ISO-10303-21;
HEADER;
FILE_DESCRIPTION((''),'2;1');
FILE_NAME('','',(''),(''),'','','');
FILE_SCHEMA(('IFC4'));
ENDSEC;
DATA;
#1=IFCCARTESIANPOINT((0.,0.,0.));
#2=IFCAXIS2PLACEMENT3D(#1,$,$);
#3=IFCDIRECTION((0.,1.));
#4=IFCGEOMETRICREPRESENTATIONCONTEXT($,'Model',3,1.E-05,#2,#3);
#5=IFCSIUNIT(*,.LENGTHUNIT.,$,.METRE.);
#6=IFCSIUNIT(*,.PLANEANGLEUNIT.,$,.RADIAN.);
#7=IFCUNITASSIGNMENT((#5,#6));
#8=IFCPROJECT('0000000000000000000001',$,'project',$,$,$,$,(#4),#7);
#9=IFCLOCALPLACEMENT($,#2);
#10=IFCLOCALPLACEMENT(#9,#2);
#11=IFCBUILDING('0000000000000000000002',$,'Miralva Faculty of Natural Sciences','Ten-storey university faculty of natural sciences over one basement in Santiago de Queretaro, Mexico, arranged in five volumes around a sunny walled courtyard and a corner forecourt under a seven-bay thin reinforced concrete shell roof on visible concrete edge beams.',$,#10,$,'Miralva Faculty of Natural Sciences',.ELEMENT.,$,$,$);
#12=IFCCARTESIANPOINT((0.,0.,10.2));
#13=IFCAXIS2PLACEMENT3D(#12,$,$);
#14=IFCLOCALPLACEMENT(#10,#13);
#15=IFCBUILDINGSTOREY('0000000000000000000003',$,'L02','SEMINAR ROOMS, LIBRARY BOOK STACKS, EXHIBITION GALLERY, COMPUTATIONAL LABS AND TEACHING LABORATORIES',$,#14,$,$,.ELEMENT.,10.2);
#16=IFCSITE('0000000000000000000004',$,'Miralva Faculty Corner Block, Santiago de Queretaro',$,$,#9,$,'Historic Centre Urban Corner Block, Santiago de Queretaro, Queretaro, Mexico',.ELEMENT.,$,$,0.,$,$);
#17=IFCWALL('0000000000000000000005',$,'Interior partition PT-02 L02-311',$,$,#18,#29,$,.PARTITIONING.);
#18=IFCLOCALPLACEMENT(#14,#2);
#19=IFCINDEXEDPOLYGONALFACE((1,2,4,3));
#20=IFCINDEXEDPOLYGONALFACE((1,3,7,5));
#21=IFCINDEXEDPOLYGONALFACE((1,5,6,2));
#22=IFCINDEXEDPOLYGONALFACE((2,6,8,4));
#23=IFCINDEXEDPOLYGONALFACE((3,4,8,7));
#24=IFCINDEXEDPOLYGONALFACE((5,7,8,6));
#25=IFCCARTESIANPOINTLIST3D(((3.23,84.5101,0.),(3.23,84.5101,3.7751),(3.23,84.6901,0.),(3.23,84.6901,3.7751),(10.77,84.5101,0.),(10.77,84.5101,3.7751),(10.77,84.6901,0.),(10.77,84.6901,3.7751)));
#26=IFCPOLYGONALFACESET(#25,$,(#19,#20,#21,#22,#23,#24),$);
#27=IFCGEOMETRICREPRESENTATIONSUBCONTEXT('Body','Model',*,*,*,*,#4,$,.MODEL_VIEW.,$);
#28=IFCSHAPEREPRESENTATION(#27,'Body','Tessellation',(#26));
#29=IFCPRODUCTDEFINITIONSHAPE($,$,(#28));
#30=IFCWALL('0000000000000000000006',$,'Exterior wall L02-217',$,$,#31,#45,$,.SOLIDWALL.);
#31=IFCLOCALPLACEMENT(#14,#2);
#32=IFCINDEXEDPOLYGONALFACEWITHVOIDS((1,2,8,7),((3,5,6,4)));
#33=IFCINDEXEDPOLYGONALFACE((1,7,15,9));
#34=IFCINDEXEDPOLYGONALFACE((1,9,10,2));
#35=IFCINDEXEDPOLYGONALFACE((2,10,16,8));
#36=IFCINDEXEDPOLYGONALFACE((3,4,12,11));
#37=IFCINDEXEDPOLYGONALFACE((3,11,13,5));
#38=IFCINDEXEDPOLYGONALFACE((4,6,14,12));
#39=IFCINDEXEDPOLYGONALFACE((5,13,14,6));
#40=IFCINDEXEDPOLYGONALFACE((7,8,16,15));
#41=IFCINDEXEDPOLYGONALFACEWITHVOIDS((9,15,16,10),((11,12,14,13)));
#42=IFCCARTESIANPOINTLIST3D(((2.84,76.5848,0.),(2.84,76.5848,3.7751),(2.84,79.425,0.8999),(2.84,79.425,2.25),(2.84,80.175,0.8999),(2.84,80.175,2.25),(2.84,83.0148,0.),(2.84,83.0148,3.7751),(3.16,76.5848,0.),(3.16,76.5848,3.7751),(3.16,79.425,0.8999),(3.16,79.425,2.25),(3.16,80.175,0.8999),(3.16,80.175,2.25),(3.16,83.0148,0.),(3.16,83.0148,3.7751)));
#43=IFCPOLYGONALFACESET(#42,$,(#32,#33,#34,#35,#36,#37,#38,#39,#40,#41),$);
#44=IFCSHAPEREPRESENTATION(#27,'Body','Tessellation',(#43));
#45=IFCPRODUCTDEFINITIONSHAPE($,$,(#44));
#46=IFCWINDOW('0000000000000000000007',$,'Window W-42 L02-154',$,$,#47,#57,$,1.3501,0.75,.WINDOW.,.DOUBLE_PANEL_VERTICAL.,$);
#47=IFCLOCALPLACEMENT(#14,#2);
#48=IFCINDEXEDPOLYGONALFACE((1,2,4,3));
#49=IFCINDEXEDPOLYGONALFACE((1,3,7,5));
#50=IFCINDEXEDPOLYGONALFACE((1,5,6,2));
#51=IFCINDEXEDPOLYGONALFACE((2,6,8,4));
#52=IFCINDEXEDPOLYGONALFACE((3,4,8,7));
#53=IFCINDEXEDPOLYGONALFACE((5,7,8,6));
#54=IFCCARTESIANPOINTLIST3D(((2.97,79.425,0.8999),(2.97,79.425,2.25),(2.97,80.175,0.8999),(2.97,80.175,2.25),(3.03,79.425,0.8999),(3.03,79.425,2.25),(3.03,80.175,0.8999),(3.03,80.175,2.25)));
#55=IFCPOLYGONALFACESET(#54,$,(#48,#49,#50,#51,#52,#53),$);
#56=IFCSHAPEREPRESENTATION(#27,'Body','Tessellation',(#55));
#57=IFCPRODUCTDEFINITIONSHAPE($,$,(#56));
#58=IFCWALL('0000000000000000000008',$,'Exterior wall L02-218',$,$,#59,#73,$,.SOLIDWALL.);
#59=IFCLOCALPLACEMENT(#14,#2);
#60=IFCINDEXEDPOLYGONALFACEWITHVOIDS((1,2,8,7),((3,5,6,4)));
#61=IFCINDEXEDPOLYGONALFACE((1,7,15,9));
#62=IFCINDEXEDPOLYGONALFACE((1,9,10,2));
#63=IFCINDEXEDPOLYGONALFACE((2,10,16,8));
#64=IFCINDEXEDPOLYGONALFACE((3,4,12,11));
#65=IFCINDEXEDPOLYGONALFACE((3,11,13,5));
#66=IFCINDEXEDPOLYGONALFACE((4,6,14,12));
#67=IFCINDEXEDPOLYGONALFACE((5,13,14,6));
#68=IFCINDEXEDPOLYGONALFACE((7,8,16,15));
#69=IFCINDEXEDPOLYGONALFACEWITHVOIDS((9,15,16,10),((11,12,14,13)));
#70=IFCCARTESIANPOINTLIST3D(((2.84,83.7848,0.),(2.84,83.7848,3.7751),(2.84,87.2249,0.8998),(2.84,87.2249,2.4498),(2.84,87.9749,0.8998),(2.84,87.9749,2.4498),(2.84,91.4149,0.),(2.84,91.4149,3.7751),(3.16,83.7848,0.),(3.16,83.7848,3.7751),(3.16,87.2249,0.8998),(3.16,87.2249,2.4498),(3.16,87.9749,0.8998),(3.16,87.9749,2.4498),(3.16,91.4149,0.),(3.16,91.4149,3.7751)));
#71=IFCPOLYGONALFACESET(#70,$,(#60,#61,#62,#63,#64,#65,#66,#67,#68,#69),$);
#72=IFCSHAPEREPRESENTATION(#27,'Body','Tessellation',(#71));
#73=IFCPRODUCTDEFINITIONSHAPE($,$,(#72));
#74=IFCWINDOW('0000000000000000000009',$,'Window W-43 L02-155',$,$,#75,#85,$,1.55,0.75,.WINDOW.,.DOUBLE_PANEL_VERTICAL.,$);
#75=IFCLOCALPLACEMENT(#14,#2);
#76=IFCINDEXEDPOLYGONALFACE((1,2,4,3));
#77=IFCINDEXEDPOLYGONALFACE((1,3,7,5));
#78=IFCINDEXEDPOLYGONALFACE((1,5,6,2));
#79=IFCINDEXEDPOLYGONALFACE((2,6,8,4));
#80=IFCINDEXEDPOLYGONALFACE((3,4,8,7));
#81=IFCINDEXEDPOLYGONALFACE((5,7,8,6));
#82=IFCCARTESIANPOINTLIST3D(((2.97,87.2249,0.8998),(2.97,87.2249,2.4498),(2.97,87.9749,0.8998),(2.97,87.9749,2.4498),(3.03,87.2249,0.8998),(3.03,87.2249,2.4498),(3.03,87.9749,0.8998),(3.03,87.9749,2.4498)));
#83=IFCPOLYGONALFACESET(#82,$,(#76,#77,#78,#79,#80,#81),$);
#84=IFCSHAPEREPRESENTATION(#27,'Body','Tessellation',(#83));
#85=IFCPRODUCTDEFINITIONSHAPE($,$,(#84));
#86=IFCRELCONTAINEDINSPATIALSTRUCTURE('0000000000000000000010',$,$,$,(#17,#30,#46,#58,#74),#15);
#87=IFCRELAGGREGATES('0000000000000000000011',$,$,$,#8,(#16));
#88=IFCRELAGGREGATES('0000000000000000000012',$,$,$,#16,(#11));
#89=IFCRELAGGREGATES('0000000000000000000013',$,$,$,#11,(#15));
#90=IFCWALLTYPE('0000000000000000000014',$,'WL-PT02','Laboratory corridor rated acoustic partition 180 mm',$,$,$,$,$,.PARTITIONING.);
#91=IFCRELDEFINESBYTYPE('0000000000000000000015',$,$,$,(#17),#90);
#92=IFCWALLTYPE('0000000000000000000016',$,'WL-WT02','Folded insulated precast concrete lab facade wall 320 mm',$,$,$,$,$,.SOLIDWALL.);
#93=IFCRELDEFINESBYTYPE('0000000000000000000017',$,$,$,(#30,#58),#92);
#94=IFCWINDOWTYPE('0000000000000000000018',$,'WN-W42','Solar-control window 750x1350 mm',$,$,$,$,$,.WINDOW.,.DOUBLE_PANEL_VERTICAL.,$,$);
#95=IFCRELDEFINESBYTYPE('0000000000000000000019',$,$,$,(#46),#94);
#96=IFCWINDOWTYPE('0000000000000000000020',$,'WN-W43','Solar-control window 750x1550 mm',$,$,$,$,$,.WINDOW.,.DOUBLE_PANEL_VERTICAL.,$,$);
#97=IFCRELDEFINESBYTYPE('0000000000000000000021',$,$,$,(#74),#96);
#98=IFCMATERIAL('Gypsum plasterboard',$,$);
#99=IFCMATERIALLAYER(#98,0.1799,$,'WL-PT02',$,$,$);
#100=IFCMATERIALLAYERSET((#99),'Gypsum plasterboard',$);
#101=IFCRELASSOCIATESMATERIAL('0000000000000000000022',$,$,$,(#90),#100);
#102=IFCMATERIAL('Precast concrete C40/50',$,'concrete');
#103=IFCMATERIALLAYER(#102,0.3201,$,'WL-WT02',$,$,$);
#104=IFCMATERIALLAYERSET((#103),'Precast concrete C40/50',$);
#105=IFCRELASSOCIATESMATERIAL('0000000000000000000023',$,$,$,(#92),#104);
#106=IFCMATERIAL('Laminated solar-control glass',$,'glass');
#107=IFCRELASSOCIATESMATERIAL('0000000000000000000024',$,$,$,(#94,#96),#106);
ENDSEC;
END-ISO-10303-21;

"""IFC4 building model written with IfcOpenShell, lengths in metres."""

from ifc_helpers import new_model, si_unit, direction, frame, frame_2d, origin, place, context, subcontext, project, spatial, rectangle, extrude, material, layer, layer_set, type_object, element, fill, save


model = new_model("IFC4")

# Units and contexts
model_context = context("Model", 3, precision=1e-05, world=origin(), true_north=direction((0.0, 1.0)))
body_context = subcontext(model_context, "Body", "Model", "MODEL_VIEW")
ifc_project = project(units=[si_unit("LENGTHUNIT", "METRE"), si_unit("PLANEANGLEUNIT", "RADIAN")], contexts=[model_context])

# Site, building, storey
site_placement = place(None, origin())
site = spatial("IfcSite", under=ifc_project, at=site_placement, Name="Miralva Faculty Corner Block, Santiago de Queretaro", LongName="Historic Centre Urban Corner Block, Santiago de Queretaro, Queretaro, Mexico", CompositionType="ELEMENT", RefElevation=0.0)
building_placement = place(site_placement, origin())
building = spatial("IfcBuilding", under=site, at=building_placement, Name="Miralva Faculty of Natural Sciences", Description="Ten-storey university faculty of natural sciences over one basement in Santiago de Queretaro, Mexico, arranged in five volumes around a sunny walled courtyard and a corner forecourt under a seven-bay thin reinforced concrete shell roof on visible concrete edge beams.", LongName="Miralva Faculty of Natural Sciences", CompositionType="ELEMENT")
storey_placement = place(building_placement, frame((0.0, 0.0, 10.2)))
storey = spatial("IfcBuildingStorey", under=building, at=storey_placement, Name="L02", Description="SEMINAR ROOMS, LIBRARY BOOK STACKS, EXHIBITION GALLERY, COMPUTATIONAL LABS AND TEACHING LABORATORIES", CompositionType="ELEMENT", Elevation=10.2)

# Wall
ifc_material_1 = material(Name="Gypsum plasterboard")
ifc_layer_1 = layer(ifc_material_1, 0.1799, Name="WL-PT02")
ifc_layer_set_1 = layer_set([ifc_layer_1], Name="Gypsum plasterboard")
wall_type_1 = type_object("IfcWallType", Name="WL-PT02", Description="Laboratory corridor rated acoustic partition 180 mm", PredefinedType="PARTITIONING", material=ifc_layer_set_1)
wall_1_placement = place(storey_placement, frame((3.23, 84.6001, 0.0), z_axis=(0.0, 0.0, 1.0), x_axis=(1.0, 0.0, 0.0)))
element("IfcWall", 1, at=wall_1_placement, inside=storey, type_object=wall_type_1, Name="Interior partition PT-02 L02-311", PredefinedType="PARTITIONING", context=body_context, shape_type="SweptSolid", body=[
    extrude(rectangle(XDim=7.54, YDim=0.1799, at=frame_2d((3.77, 0.0))), origin(), (0.0, 0.0, 1.0), 3.7751),
])

# Walls, openings, windows
ifc_material_2 = material(Name="Precast concrete C40/50", Category="concrete")
ifc_layer_2 = layer(ifc_material_2, 0.3201, Name="WL-WT02")
ifc_layer_set_2 = layer_set([ifc_layer_2], Name="Precast concrete C40/50")
wall_type_2 = type_object("IfcWallType", Name="WL-WT02", Description="Folded insulated precast concrete lab facade wall 320 mm", PredefinedType="SOLIDWALL", material=ifc_layer_set_2)
wall_2_placement = place(storey_placement, frame((3.0, 76.585, 0.0), z_axis=(0.0, 0.0, 1.0), x_axis=(0.0, 1.0, 0.0)))
wall_2 = element("IfcWall", 2, at=wall_2_placement, inside=storey, type_object=wall_type_2, Name="Exterior wall L02-217", PredefinedType="SOLIDWALL", context=body_context, shape_type="SweptSolid", body=[
    extrude(rectangle(XDim=6.4299, YDim=0.3201, at=frame_2d((3.2148, 0.0))), origin(), (0.0, 0.0, 1.0), 3.7751),
])
opening_1_placement = place(wall_2_placement, frame((2.8401, 0.0, 0.8999)))
opening_1 = element("IfcOpeningElement", 3, at=opening_1_placement, cuts=wall_2, PredefinedType="OPENING", context=body_context, shape_type="SweptSolid", body=[
    extrude(rectangle(XDim=0.75, YDim=1.3501, at=frame_2d((0.375, 0.675))), frame((0.0, 0.1699, 0.0), z_axis=(0.0, -1.0, 0.0), x_axis=(1.0, 0.0, 0.0)), (0.0, 0.0, 1.0), 0.3401),
])
ifc_material_3 = material(Name="Laminated solar-control glass", Category="glass")
window_type_1 = type_object("IfcWindowType", Name="WN-W42", Description="Solar-control window 750x1350 mm", PartitioningType="DOUBLE_PANEL_VERTICAL", PredefinedType="WINDOW", material=ifc_material_3)
window_1_placement = place(opening_1_placement, origin())
window_1 = element("IfcWindow", 4, at=window_1_placement, inside=storey, type_object=window_type_1, Name="Window W-42 L02-154", OverallHeight=1.3501, OverallWidth=0.75, PartitioningType="DOUBLE_PANEL_VERTICAL", PredefinedType="WINDOW", context=body_context, shape_type="SweptSolid", body=[
    extrude(rectangle(XDim=0.75, YDim=1.3501, at=frame_2d((0.375, 0.675))), frame((0.0, 0.03, 0.0), z_axis=(0.0, -1.0, 0.0), x_axis=(1.0, 0.0, 0.0)), (0.0, 0.0, 1.0), 0.0601),
])
fill(opening_1, window_1)
wall_3_placement = place(storey_placement, frame((3.0, 83.7849, 0.0), z_axis=(0.0, 0.0, 1.0), x_axis=(0.0, 1.0, 0.0)))
wall_3 = element("IfcWall", 5, at=wall_3_placement, inside=storey, type_object=wall_type_2, Name="Exterior wall L02-218", PredefinedType="SOLIDWALL", context=body_context, shape_type="SweptSolid", body=[
    extrude(rectangle(XDim=7.6301, YDim=0.3201, at=frame_2d((3.8149, 0.0))), origin(), (0.0, 0.0, 1.0), 3.7751),
])
opening_2_placement = place(wall_3_placement, frame((3.4399, 0.0, 0.8999)))
opening_2 = element("IfcOpeningElement", 6, at=opening_2_placement, cuts=wall_3, PredefinedType="OPENING", context=body_context, shape_type="SweptSolid", body=[
    extrude(rectangle(XDim=0.75, YDim=1.55, at=frame_2d((0.375, 0.7749))), frame((0.0, 0.1699, 0.0), z_axis=(0.0, -1.0, 0.0), x_axis=(1.0, 0.0, 0.0)), (0.0, 0.0, 1.0), 0.3401),
])
window_type_2 = type_object("IfcWindowType", Name="WN-W43", Description="Solar-control window 750x1550 mm", PartitioningType="DOUBLE_PANEL_VERTICAL", PredefinedType="WINDOW", material=ifc_material_3)
window_2_placement = place(opening_2_placement, origin())
window_2 = element("IfcWindow", 7, at=window_2_placement, inside=storey, type_object=window_type_2, Name="Window W-43 L02-155", OverallHeight=1.55, OverallWidth=0.75, PartitioningType="DOUBLE_PANEL_VERTICAL", PredefinedType="WINDOW", context=body_context, shape_type="SweptSolid", body=[
    extrude(rectangle(XDim=0.75, YDim=1.55, at=frame_2d((0.375, 0.7749))), frame((0.0, 0.03, 0.0), z_axis=(0.0, -1.0, 0.0), x_axis=(1.0, 0.0, 0.0)), (0.0, 0.0, 1.0), 0.0601),
])
fill(opening_2, window_2)

save(model, "model.ifc")
